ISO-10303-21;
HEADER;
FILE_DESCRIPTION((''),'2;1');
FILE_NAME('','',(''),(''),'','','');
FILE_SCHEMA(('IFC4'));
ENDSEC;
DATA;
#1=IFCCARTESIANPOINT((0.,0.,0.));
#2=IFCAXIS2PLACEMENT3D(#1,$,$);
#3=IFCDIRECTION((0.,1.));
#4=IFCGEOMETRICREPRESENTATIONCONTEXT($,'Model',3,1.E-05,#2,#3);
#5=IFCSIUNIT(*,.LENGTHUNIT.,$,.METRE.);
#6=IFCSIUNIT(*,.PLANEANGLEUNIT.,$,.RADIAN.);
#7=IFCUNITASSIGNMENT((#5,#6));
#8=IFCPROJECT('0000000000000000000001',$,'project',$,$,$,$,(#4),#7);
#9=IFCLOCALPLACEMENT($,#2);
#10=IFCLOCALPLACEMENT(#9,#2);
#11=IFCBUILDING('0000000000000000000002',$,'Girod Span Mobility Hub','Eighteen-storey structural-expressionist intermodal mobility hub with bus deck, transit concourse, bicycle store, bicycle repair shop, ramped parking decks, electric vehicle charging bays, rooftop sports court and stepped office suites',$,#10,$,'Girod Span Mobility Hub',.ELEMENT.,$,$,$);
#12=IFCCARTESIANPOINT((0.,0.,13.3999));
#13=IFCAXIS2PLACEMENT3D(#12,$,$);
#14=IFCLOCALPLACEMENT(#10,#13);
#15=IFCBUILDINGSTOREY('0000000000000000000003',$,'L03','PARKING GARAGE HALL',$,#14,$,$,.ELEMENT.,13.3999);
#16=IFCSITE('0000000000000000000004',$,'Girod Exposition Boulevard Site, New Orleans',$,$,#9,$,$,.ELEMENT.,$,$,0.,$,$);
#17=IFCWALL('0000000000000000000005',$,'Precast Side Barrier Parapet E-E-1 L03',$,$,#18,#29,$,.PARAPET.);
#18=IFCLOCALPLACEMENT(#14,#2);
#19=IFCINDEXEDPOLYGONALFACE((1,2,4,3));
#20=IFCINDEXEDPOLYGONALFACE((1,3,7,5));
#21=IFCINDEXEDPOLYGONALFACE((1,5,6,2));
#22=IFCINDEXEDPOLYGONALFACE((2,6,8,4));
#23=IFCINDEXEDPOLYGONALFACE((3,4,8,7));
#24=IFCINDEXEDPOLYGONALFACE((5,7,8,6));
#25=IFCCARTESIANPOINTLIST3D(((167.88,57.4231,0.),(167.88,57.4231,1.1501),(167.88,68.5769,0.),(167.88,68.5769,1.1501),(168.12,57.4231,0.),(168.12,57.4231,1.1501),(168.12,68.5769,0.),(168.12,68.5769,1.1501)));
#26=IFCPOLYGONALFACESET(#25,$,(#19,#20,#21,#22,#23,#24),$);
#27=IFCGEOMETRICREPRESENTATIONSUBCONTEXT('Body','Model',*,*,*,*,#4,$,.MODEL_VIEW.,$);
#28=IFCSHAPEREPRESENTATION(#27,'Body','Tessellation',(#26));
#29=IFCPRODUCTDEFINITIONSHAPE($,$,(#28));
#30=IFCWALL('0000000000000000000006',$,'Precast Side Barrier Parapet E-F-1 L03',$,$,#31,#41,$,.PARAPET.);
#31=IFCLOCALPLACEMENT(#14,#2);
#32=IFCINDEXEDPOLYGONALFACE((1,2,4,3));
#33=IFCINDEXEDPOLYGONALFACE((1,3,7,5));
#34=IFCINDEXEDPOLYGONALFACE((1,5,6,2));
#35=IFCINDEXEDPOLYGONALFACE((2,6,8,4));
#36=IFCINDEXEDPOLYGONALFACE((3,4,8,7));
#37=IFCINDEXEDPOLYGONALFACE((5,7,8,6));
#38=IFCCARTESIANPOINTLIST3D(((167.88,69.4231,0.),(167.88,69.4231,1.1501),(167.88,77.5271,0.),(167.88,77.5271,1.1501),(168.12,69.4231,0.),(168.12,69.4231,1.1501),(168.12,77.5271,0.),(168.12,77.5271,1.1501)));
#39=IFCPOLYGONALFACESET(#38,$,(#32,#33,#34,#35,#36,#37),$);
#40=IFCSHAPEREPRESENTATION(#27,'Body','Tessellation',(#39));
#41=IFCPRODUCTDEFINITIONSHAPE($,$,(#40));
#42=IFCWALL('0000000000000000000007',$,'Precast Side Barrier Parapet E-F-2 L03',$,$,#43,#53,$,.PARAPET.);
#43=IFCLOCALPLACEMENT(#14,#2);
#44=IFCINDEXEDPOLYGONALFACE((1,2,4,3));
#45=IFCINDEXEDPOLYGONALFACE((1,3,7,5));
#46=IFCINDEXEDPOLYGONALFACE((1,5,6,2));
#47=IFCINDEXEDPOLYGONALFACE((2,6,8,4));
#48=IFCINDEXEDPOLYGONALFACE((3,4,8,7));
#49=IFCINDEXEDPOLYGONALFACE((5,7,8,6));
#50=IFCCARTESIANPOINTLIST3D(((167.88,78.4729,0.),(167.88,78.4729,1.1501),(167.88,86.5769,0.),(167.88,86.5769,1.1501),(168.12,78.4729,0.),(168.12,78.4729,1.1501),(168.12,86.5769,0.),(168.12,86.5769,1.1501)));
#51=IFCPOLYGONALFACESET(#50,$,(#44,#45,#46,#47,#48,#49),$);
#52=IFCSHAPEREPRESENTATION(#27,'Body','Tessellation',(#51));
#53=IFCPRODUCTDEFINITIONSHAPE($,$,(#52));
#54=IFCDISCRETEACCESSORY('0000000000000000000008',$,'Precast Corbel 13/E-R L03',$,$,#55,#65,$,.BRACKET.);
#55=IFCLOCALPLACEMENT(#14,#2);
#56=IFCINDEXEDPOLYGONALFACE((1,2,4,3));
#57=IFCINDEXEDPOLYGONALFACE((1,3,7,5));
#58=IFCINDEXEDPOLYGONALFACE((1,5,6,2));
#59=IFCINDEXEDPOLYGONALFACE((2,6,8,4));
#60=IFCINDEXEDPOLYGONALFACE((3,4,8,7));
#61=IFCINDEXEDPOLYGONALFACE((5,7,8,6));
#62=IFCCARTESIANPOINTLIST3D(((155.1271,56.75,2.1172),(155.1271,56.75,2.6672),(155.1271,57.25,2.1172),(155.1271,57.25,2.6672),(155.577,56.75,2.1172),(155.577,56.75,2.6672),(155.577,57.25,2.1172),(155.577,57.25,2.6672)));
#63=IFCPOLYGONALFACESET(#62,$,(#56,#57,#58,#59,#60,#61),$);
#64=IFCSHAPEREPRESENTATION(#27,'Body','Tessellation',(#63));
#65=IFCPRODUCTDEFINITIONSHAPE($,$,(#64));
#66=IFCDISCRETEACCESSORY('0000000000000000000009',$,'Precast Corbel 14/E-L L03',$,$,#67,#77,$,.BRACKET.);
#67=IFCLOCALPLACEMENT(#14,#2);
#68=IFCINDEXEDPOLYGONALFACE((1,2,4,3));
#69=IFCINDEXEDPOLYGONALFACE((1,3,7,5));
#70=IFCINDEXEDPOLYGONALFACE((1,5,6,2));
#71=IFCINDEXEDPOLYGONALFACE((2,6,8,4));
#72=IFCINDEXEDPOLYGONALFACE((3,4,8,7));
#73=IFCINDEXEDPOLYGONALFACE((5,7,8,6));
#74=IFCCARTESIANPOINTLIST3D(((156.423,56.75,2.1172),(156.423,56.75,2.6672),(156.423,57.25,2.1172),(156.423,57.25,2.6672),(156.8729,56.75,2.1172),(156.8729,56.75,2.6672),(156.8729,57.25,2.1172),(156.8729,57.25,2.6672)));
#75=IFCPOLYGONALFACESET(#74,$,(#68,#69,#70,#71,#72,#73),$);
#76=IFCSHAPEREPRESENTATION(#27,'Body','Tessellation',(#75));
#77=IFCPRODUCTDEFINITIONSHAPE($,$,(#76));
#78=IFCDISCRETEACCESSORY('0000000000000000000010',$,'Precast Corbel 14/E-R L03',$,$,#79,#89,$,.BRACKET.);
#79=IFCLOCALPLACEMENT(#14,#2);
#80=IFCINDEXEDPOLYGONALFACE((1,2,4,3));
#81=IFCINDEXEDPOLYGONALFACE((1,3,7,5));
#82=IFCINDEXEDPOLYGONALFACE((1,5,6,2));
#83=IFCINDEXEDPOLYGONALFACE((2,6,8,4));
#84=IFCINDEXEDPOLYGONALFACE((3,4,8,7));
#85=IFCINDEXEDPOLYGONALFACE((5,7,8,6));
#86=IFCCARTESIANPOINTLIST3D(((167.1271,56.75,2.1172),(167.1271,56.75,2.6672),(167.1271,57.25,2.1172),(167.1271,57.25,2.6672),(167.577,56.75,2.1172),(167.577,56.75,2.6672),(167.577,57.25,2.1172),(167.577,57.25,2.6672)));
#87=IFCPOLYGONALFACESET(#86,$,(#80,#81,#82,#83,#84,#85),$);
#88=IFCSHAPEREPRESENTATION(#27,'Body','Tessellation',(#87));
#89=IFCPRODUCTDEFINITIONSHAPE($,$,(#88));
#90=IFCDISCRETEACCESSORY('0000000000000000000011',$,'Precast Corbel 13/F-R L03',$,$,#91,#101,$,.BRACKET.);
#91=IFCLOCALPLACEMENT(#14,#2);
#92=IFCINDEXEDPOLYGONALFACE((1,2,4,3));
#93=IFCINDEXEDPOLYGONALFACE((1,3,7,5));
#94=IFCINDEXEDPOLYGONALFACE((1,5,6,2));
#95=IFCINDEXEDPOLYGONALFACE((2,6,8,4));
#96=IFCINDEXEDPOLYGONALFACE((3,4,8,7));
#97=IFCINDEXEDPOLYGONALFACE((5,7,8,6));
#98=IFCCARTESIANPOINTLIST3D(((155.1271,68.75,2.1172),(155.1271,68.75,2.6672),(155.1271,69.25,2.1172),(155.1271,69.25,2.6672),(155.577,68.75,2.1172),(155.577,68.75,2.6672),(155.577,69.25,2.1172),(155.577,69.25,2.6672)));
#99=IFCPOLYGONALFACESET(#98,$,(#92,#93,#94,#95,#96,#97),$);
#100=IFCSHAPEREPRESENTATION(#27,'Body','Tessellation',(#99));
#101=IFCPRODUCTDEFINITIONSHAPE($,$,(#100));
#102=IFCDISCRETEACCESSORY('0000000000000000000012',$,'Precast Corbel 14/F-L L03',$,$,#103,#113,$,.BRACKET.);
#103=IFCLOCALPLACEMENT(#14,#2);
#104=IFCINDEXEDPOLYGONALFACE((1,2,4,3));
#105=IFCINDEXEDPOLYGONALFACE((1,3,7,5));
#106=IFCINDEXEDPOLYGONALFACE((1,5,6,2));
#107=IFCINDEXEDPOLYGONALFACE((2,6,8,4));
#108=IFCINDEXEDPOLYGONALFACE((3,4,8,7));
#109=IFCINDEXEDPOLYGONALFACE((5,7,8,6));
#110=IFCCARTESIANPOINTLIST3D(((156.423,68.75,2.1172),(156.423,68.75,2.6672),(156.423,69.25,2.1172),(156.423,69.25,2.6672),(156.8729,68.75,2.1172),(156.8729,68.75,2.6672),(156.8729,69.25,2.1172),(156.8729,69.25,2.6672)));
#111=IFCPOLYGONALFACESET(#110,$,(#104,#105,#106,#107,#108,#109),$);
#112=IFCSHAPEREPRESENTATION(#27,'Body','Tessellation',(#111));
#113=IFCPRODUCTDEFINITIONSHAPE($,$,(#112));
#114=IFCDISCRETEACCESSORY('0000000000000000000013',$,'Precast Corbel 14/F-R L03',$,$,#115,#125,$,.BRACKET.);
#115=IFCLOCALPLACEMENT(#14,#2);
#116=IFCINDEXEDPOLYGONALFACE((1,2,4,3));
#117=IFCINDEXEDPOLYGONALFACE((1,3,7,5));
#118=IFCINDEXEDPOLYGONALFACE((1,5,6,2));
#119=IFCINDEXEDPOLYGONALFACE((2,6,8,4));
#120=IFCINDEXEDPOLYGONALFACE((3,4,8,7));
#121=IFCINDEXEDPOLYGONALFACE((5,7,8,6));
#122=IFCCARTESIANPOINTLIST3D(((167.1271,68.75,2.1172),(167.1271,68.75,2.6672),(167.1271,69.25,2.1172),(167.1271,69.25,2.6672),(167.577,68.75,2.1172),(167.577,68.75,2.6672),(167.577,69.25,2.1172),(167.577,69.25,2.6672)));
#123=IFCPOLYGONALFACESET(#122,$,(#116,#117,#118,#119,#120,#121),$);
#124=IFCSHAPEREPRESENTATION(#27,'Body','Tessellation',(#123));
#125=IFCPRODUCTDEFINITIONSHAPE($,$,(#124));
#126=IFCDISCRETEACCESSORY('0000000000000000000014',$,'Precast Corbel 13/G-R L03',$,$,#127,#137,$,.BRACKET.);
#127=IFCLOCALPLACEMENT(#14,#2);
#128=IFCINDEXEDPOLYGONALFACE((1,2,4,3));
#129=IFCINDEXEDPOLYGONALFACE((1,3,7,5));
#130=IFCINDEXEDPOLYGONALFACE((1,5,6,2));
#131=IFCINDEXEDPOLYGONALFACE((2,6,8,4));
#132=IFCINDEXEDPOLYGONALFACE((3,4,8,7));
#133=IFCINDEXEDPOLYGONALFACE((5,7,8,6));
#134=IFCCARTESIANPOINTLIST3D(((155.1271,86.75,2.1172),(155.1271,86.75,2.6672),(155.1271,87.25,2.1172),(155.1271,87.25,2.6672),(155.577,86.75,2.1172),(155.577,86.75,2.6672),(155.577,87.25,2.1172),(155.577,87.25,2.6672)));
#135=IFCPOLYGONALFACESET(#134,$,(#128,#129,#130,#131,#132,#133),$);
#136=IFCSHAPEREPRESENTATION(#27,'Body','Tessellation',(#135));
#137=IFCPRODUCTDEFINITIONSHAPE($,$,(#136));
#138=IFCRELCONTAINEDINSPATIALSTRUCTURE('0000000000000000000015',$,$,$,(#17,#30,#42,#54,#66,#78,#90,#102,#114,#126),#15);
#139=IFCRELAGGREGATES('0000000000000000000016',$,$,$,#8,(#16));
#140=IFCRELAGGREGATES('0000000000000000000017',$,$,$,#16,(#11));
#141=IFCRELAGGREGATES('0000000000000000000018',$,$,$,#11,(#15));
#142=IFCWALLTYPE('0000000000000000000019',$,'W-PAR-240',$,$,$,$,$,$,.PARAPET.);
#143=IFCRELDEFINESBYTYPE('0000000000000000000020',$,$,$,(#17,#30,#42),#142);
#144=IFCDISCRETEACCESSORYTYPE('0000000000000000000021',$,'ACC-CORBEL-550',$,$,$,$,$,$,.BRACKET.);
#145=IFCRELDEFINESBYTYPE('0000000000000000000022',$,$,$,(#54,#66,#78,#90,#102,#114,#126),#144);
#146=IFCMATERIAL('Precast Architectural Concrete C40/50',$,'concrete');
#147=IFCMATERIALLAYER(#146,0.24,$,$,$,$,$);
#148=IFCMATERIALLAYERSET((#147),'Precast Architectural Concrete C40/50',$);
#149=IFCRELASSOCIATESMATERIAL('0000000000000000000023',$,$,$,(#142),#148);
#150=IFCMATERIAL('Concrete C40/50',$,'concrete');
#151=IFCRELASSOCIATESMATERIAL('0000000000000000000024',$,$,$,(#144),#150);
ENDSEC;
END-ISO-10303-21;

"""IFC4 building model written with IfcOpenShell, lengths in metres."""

from ifc_helpers import new_model, si_unit, direction, frame, frame_2d, origin, origin_2d, place, context, subcontext, project, spatial, rectangle, extrude, material, layer, layer_set, type_object, element, save


model = new_model("IFC4")

# Units and contexts
model_context = context("Model", 3, precision=1e-05, world=origin(), true_north=direction((0.0, 1.0)))
body_context = subcontext(model_context, "Body", "Model", "MODEL_VIEW")
ifc_project = project(units=[si_unit("LENGTHUNIT", "METRE"), si_unit("PLANEANGLEUNIT", "RADIAN")], contexts=[model_context])

# Site, building, storey
site_placement = place(None, origin())
site = spatial("IfcSite", under=ifc_project, at=site_placement, Name="Girod Exposition Boulevard Site, New Orleans", CompositionType="ELEMENT", RefElevation=0.0)
building_placement = place(site_placement, origin())
building = spatial("IfcBuilding", under=site, at=building_placement, Name="Girod Span Mobility Hub", Description="Eighteen-storey structural-expressionist intermodal mobility hub with bus deck, transit concourse, bicycle store, bicycle repair shop, ramped parking decks, electric vehicle charging bays, rooftop sports court and stepped office suites", LongName="Girod Span Mobility Hub", CompositionType="ELEMENT")
storey_placement = place(building_placement, frame((0.0, 0.0, 13.3999)))
storey = spatial("IfcBuildingStorey", under=building, at=storey_placement, Name="L03", Description="PARKING GARAGE HALL", CompositionType="ELEMENT", Elevation=13.3999)

# Walls
ifc_material_1 = material(Name="Precast Architectural Concrete C40/50", Category="concrete")
ifc_layer = layer(ifc_material_1, 0.24)
ifc_layer_set = layer_set([ifc_layer], Name="Precast Architectural Concrete C40/50")
wall_type = type_object("IfcWallType", Name="W-PAR-240", PredefinedType="PARAPET", material=ifc_layer_set)
wall_placement = place(storey_placement, frame((168.0, 57.4231, 0.0), z_axis=(0.0, 0.0, 1.0), x_axis=(0.0, 1.0, 0.0)))
element("IfcWall", 1, at=wall_placement, inside=storey, type_object=wall_type, Name="Precast Side Barrier Parapet E-E-1 L03", PredefinedType="PARAPET", context=body_context, shape_type="SweptSolid", body=[
    extrude(rectangle(XDim=11.1538, YDim=0.24, at=frame_2d((5.5769, 0.0))), origin(), (0.0, 0.0, 1.0), 1.1501),
])
for number, where, z_axis, x_axis, name in (
    (2, (168.0, 69.4231, 0.0), (0.0, 0.0, 1.0), (0.0, 1.0, 0.0), "Precast Side Barrier Parapet E-F-1 L03"),
    (3, (168.0, 78.4729, 0.0), (0.0, 0.0, 1.0), (0.0, 1.0, 0.0), "Precast Side Barrier Parapet E-F-2 L03"),
):
    element("IfcWall", number, at=place(storey_placement, frame(where, z_axis=z_axis, x_axis=x_axis)), inside=storey, type_object=wall_type, Name=name, PredefinedType="PARAPET", context=body_context, shape_type="SweptSolid", body=[
        extrude(rectangle(XDim=8.104, YDim=0.24, at=frame_2d((4.052, 0.0))), origin(), (0.0, 0.0, 1.0), 1.1501),
    ])

# Discrete accessories
ifc_material_2 = material(Name="Concrete C40/50", Category="concrete")
discrete_accessory_type = type_object("IfcDiscreteAccessoryType", Name="ACC-CORBEL-550", PredefinedType="BRACKET", material=ifc_material_2)
for number, where, z_axis, x_axis, name in (
    (4, (155.3521, 57.0, 2.1172), (0.0, 0.0, 1.0), (1.0, 0.0, 0.0), "Precast Corbel 13/E-R L03"),
    (5, (156.6479, 57.0, 2.1172), (0.0, 0.0, 1.0), (1.0, 0.0, 0.0), "Precast Corbel 14/E-L L03"),
    (6, (167.3521, 57.0, 2.1172), (0.0, 0.0, 1.0), (1.0, 0.0, 0.0), "Precast Corbel 14/E-R L03"),
    (7, (155.3521, 69.0, 2.1172), (0.0, 0.0, 1.0), (1.0, 0.0, 0.0), "Precast Corbel 13/F-R L03"),
    (8, (156.6479, 69.0, 2.1172), (0.0, 0.0, 1.0), (1.0, 0.0, 0.0), "Precast Corbel 14/F-L L03"),
    (9, (167.3521, 69.0, 2.1172), (0.0, 0.0, 1.0), (1.0, 0.0, 0.0), "Precast Corbel 14/F-R L03"),
    (10, (155.3521, 87.0, 2.1172), (0.0, 0.0, 1.0), (1.0, 0.0, 0.0), "Precast Corbel 13/G-R L03"),
):
    element("IfcDiscreteAccessory", number, at=place(storey_placement, frame(where, z_axis=z_axis, x_axis=x_axis)), inside=storey, type_object=discrete_accessory_type, Name=name, PredefinedType="BRACKET", context=body_context, shape_type="SweptSolid", body=[
        extrude(rectangle(XDim=0.45, YDim=0.5, at=origin_2d()), origin(), (0.0, 0.0, 1.0), 0.55),
    ])

save(model, "model.ifc")
